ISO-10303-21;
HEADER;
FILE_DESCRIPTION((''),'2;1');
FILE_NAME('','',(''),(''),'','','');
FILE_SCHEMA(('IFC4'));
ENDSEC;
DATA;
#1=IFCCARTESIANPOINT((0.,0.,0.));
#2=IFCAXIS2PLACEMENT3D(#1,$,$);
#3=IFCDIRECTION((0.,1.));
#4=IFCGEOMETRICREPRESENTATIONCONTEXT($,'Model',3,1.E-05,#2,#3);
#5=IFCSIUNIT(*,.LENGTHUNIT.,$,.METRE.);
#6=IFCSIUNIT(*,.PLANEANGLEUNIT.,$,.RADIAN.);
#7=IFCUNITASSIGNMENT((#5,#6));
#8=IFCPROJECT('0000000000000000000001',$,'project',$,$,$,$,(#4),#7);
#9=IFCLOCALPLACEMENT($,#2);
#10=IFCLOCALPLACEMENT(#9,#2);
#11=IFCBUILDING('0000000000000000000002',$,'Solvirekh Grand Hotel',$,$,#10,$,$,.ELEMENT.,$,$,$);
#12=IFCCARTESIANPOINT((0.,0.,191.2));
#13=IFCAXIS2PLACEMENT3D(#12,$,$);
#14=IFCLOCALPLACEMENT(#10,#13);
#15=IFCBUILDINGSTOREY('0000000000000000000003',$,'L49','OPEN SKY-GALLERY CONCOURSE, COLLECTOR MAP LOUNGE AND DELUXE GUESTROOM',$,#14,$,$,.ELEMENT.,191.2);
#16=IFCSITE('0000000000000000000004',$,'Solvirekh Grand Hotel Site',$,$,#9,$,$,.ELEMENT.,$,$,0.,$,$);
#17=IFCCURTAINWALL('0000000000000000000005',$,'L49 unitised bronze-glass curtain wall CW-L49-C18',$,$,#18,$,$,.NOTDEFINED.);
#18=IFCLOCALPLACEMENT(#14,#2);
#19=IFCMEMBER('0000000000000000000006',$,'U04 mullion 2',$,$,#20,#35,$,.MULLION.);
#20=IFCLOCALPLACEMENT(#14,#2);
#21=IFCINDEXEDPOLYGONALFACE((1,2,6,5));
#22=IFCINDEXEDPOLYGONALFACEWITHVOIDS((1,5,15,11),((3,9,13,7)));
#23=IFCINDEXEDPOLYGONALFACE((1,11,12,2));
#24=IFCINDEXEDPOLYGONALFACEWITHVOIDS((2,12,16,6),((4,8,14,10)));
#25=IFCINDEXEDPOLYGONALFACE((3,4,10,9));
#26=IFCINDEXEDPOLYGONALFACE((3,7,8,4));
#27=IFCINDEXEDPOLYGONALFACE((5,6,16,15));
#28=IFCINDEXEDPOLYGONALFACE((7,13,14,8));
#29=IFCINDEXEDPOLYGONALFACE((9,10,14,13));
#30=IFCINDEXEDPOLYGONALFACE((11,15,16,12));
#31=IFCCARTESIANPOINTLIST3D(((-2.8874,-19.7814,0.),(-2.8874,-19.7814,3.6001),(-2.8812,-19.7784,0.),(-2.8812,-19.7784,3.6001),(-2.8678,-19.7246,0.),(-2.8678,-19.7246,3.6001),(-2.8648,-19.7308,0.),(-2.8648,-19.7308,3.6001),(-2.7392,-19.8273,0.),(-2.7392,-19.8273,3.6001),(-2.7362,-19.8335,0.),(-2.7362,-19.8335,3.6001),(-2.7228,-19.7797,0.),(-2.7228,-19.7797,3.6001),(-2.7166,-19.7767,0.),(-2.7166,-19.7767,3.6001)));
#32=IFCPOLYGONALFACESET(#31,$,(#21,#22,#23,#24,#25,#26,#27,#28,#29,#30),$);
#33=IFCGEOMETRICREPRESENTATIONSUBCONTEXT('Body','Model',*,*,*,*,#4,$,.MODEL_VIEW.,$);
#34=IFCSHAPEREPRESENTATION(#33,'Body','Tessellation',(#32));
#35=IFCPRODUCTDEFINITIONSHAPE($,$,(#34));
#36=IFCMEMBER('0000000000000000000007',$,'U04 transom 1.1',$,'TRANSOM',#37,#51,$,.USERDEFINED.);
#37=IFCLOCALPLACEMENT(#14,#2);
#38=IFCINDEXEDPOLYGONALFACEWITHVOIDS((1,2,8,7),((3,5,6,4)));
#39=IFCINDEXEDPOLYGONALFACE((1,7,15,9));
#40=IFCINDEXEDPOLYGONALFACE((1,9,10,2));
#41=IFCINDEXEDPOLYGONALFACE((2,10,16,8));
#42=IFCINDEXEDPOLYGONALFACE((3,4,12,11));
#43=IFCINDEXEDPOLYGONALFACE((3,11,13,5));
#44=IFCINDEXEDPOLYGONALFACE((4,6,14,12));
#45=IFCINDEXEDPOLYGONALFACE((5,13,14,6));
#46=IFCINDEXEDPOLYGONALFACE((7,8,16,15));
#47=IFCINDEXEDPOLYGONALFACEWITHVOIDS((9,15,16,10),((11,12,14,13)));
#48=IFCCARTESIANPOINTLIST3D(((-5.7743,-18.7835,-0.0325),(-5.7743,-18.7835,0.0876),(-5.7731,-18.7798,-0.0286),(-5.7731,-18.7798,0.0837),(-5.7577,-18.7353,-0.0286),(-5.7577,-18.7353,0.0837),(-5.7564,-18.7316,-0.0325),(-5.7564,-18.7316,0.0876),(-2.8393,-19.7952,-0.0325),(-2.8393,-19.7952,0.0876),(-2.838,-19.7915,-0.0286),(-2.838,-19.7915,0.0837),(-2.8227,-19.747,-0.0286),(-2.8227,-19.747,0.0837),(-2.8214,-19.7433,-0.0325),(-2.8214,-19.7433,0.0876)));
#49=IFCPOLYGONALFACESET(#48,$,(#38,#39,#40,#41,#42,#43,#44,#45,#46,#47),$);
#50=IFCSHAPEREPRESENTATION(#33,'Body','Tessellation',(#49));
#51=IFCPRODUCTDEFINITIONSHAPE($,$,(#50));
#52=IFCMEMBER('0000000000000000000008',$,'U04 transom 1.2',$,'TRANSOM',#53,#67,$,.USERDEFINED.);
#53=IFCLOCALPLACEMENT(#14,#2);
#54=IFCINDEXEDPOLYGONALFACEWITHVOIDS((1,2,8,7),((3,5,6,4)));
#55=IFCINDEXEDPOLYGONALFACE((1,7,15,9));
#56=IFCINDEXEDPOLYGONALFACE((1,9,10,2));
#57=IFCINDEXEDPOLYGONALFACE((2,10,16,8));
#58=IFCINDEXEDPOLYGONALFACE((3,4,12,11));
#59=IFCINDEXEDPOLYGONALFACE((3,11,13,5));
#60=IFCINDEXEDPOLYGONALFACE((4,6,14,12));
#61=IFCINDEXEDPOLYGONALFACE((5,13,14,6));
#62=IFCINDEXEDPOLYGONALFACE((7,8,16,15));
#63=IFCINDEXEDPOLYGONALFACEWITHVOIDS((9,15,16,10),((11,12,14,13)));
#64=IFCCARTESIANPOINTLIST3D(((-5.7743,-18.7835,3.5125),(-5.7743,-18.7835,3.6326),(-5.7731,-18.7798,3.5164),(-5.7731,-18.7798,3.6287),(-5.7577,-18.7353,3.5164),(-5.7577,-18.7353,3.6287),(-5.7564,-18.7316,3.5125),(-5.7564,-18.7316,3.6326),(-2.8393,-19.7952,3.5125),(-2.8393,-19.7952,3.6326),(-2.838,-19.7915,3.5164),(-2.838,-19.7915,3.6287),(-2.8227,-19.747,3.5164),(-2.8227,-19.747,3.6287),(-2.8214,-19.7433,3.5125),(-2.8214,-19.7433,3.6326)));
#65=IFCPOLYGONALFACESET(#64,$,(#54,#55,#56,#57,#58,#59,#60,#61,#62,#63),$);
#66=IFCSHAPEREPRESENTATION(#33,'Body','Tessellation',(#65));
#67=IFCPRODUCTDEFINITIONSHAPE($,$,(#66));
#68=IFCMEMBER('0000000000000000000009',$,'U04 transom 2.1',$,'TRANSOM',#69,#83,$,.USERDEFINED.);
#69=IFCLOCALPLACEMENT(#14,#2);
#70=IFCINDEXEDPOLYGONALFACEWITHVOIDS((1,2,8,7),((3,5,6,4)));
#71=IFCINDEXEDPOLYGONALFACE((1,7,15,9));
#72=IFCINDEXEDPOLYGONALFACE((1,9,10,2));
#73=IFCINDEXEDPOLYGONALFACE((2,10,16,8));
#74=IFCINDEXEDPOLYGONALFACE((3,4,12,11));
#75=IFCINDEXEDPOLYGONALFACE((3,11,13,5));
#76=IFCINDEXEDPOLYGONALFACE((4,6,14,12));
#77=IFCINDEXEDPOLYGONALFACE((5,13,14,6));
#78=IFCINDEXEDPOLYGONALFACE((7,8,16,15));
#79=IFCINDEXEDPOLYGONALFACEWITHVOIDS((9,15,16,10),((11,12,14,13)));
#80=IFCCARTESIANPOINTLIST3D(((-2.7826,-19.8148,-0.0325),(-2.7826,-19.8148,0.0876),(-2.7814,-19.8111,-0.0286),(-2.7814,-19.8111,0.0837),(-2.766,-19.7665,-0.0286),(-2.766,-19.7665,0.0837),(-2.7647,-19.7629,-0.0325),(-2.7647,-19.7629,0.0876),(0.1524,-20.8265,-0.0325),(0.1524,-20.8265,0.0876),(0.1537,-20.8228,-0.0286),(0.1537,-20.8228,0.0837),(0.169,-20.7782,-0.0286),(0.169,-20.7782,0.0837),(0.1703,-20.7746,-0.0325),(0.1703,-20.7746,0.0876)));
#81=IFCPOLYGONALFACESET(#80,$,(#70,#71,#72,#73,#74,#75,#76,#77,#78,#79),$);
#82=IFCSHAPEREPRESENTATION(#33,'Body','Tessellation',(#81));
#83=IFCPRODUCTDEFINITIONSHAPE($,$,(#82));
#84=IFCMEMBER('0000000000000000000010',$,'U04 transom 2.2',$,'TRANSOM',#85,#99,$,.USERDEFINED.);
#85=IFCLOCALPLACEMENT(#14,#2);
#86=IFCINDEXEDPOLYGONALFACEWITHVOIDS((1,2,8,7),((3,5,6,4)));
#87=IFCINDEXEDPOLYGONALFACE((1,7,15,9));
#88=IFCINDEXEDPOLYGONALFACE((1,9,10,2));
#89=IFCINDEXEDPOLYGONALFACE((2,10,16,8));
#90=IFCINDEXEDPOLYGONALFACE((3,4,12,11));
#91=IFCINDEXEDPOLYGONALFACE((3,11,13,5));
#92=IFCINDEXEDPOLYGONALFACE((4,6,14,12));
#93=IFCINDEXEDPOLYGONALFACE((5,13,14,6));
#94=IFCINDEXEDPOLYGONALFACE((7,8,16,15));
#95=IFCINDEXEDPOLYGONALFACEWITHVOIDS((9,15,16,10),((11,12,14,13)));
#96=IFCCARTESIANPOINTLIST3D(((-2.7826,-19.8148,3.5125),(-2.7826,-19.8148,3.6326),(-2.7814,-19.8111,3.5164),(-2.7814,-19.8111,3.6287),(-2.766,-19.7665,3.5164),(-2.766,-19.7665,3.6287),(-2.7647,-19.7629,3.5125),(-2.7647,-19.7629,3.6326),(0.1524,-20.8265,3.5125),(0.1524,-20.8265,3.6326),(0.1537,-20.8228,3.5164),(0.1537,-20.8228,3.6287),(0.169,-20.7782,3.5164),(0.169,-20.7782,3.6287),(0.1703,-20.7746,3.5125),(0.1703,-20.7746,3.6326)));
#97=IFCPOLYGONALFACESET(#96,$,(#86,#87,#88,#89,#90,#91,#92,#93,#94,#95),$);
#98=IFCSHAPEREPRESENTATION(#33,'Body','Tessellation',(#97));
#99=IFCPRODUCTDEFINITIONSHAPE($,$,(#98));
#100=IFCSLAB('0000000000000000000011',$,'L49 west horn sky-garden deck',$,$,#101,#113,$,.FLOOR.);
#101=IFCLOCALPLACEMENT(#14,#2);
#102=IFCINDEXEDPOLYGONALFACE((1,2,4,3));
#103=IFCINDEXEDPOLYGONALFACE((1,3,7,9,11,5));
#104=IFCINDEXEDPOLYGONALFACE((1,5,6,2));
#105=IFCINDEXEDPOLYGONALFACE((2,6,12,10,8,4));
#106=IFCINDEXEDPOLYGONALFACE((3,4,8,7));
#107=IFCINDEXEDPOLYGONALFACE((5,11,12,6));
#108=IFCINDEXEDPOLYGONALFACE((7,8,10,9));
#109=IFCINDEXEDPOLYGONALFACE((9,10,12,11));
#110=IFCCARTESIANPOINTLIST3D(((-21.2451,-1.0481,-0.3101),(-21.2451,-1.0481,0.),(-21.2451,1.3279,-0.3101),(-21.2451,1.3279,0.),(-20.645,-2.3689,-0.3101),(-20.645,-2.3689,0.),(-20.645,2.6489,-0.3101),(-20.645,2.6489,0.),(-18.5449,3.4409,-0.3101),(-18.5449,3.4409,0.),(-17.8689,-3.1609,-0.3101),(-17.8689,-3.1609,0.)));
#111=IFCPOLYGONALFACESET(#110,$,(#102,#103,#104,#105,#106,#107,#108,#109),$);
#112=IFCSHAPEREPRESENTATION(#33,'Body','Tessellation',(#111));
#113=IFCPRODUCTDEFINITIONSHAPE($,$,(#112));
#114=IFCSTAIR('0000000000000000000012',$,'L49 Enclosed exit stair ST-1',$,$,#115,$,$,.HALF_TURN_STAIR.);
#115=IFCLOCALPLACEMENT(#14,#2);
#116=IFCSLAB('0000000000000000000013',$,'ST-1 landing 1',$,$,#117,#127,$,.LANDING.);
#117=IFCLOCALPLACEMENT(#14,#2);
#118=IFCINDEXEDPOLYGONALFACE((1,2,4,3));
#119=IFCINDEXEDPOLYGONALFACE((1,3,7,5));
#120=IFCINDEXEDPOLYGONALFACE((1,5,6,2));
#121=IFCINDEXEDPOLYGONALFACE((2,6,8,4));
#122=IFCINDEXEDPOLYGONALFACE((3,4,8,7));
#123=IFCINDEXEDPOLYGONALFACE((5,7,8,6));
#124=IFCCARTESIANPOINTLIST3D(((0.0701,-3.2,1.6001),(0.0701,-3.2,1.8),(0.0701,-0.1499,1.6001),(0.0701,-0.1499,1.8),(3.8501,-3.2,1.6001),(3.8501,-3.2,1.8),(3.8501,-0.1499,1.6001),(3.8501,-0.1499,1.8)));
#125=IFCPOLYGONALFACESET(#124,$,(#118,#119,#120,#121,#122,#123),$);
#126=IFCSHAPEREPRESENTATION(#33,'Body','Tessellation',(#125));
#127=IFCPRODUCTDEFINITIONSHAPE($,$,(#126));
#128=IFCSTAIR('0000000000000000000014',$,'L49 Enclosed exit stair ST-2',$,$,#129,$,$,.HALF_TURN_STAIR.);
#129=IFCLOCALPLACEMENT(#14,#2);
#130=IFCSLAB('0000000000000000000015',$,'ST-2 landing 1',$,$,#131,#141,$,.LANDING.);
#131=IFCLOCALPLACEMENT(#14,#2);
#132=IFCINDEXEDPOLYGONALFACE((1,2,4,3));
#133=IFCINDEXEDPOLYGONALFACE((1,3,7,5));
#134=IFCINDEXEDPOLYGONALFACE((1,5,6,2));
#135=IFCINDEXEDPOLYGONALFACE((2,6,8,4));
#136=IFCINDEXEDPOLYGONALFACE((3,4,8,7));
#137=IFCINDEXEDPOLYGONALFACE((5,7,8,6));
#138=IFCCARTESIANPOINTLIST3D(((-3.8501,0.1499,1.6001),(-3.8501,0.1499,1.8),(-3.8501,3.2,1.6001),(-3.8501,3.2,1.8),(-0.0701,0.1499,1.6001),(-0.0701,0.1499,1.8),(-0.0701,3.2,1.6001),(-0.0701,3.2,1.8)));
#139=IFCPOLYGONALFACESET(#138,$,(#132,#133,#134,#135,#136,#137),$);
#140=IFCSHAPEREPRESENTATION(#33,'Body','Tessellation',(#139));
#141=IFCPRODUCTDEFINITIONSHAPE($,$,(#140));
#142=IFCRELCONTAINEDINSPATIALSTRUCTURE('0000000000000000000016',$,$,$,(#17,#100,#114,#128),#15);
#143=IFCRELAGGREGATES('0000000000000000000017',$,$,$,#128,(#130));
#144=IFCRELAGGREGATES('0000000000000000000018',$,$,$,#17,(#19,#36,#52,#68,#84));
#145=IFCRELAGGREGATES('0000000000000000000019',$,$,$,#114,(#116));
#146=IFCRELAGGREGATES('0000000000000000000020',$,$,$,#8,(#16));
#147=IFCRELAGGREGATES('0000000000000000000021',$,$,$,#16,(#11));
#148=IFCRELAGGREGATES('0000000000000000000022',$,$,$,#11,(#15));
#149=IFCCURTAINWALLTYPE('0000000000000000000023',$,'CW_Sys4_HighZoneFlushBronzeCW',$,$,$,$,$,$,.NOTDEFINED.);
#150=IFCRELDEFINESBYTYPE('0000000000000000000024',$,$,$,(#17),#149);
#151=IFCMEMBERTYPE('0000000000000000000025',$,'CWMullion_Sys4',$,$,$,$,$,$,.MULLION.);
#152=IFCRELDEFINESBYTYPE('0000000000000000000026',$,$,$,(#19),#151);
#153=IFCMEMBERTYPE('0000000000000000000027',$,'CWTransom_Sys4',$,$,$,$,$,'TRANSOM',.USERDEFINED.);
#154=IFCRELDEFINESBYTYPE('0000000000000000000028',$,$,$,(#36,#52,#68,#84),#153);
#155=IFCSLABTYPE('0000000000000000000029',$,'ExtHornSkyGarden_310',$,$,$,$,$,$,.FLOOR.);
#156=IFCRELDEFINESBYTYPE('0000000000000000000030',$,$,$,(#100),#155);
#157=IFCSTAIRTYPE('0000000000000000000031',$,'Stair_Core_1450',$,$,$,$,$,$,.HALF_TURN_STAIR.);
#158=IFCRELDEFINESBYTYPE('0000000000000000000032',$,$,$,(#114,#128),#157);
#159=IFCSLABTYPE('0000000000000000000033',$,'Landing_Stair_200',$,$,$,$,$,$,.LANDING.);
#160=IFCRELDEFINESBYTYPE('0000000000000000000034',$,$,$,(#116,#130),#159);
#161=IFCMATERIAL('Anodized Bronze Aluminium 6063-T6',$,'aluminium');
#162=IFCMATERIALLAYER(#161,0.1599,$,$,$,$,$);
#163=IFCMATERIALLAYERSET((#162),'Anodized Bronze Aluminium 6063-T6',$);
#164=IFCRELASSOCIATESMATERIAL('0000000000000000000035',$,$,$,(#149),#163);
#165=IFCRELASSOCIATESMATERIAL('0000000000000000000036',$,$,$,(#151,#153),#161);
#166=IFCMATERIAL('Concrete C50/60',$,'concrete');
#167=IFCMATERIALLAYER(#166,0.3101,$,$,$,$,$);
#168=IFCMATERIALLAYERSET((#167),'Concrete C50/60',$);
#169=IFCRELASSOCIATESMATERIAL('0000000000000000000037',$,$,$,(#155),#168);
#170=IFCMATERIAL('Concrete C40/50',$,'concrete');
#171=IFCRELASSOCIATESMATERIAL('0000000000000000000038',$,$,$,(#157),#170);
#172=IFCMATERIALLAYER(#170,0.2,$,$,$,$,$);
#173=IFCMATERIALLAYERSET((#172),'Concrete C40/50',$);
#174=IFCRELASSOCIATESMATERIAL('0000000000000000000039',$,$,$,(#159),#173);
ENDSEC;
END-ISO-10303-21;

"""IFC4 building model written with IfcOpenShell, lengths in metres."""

from ifc_helpers import new_model, si_unit, direction, frame, origin, origin_2d, place, context, subcontext, project, spatial, polyline, hollow_rectangle, outline, extrude, source, transform, mapped, material, layer, layer_set, material_profile, profile_set, type_object, element, aggregate, save


model = new_model("IFC4")

# Units and contexts
model_context = context("Model", 3, precision=1e-05, world=origin(), true_north=direction((0.0, 1.0)))
body_context = subcontext(model_context, "Body", "Model", "MODEL_VIEW")
ifc_project = project(units=[si_unit("LENGTHUNIT", "METRE"), si_unit("PLANEANGLEUNIT", "RADIAN")], contexts=[model_context])

# Site, building, storey
site_placement = place(None, origin())
site = spatial("IfcSite", under=ifc_project, at=site_placement, Name="Solvirekh Grand Hotel Site", CompositionType="ELEMENT", RefElevation=0.0)
building_placement = place(site_placement, origin())
building = spatial("IfcBuilding", under=site, at=building_placement, Name="Solvirekh Grand Hotel", CompositionType="ELEMENT")
storey_placement = place(building_placement, frame((0.0, 0.0, 191.2)))
storey = spatial("IfcBuildingStorey", under=building, at=storey_placement, Name="L49", Description="OPEN SKY-GALLERY CONCOURSE, COLLECTOR MAP LOUNGE AND DELUXE GUESTROOM", CompositionType="ELEMENT", Elevation=191.2)

# Shared definitions
ifc_material_1 = material(Name="Concrete C50/60", Category="concrete")

# Curtain wall, members
ifc_material_2 = material(Name="Anodized Bronze Aluminium 6063-T6", Category="aluminium")
ifc_layer_1 = layer(ifc_material_2, 0.1599)
ifc_layer_set_1 = layer_set([ifc_layer_1], Name="Anodized Bronze Aluminium 6063-T6")
curtain_wall_type = type_object("IfcCurtainWallType", Name="CW_Sys4_HighZoneFlushBronzeCW", PredefinedType="NOTDEFINED", material=ifc_layer_set_1)
curtain_wall_placement = place(storey_placement, origin())
curtain_wall = element("IfcCurtainWall", 1, at=curtain_wall_placement, inside=storey, type_object=curtain_wall_type, Name="L49 unitised bronze-glass curtain wall CW-L49-C18", PredefinedType="NOTDEFINED")
ifc_material_profile_1 = material_profile(ifc_material_2, hollow_rectangle(XDim=0.0601, YDim=0.1599, WallThickness=0.0049, at=origin_2d()), Name="ALU RHS 160X60X5")
ifc_profile_set_1 = profile_set([ifc_material_profile_1], Name="Anodized Bronze Aluminium 6063-T6")
member_type_1 = type_object("IfcMemberType", Name="CWMullion_Sys4", PredefinedType="MULLION", material=ifc_profile_set_1)
shared_shape_1 = source(origin(), body_context, "Body", "SweptSolid", [
    extrude(hollow_rectangle(XDim=0.0601, YDim=0.1599, WallThickness=0.0049, at=origin_2d()), origin(), (0.0, 0.0, 1.0), 3.6001),
])
member_1_placement = place(storey_placement, frame((-2.802, -19.7791, 0.0), z_axis=(0.0, 0.0, 1.0), x_axis=(0.325885, 0.94541, 0.0)))
member_1 = element("IfcMember", 2, at=member_1_placement, type_object=member_type_1, Name="U04 mullion 2", PredefinedType="MULLION", context=body_context, shape_type="MappedRepresentation", body=[
    mapped(shared_shape_1, transform((0.0, 0.0, 0.0), x_axis=(1.0, 0.0, 0.0), y_axis=(0.0, 1.0, 0.0), z_axis=(0.0, 0.0, 1.0), scale=1.0)),
])
ifc_material_profile_2 = material_profile(ifc_material_2, hollow_rectangle(XDim=0.0549, YDim=0.1201, WallThickness=0.0039, at=origin_2d()), Name="ALU RHS 120X55X4")
ifc_profile_set_2 = profile_set([ifc_material_profile_2], Name="Anodized Bronze Aluminium 6063-T6")
member_type_2 = type_object("IfcMemberType", Name="CWTransom_Sys4", ElementType="TRANSOM", PredefinedType="USERDEFINED", material=ifc_profile_set_2)
shared_shape_2 = source(origin(), body_context, "Body", "SweptSolid", [
    extrude(hollow_rectangle(XDim=0.0549, YDim=0.1201, WallThickness=0.0039, at=origin_2d()), origin(), (0.0, 0.0, 1.0), 3.1045),
])
member_2_placement = place(storey_placement, frame((-5.7654, -18.7576, 0.0276), z_axis=(0.94541, -0.325884, 0.0), x_axis=(0.325884, 0.94541, 0.0)))
member_2 = element("IfcMember", 3, at=member_2_placement, type_object=member_type_2, Name="U04 transom 1.1", ObjectType="TRANSOM", PredefinedType="USERDEFINED", context=body_context, shape_type="MappedRepresentation", body=[
    mapped(shared_shape_2, transform((0.0, 0.0, 0.0), x_axis=(1.0, 0.0, 0.0), y_axis=(0.0, 1.0, 0.0), z_axis=(0.0, 0.0, 1.0), scale=1.0)),
])
member_3_placement = place(storey_placement, frame((-5.7654, -18.7576, 3.5725), z_axis=(0.94541, -0.325884, 0.0), x_axis=(0.325884, 0.94541, 0.0)))
member_3 = element("IfcMember", 4, at=member_3_placement, type_object=member_type_2, Name="U04 transom 1.2", ObjectType="TRANSOM", PredefinedType="USERDEFINED", context=body_context, shape_type="MappedRepresentation", body=[
    mapped(shared_shape_2, transform((0.0, 0.0, 0.0), x_axis=(1.0, 0.0, 0.0), y_axis=(0.0, 1.0, 0.0), z_axis=(0.0, 0.0, 1.0), scale=1.0)),
])
member_4_placement = place(storey_placement, frame((-2.7737, -19.7888, 0.0276), z_axis=(0.94541, -0.325884, 0.0), x_axis=(0.325884, 0.94541, 0.0)))
member_4 = element("IfcMember", 5, at=member_4_placement, type_object=member_type_2, Name="U04 transom 2.1", ObjectType="TRANSOM", PredefinedType="USERDEFINED", context=body_context, shape_type="MappedRepresentation", body=[
    mapped(shared_shape_2, transform((0.0, 0.0, 0.0), x_axis=(1.0, 0.0, 0.0), y_axis=(0.0, 1.0, 0.0), z_axis=(0.0, 0.0, 1.0), scale=1.0)),
])
member_5_placement = place(storey_placement, frame((-2.7737, -19.7888, 3.5725), z_axis=(0.94541, -0.325884, 0.0), x_axis=(0.325884, 0.94541, 0.0)))
member_5 = element("IfcMember", 6, at=member_5_placement, type_object=member_type_2, Name="U04 transom 2.2", ObjectType="TRANSOM", PredefinedType="USERDEFINED", context=body_context, shape_type="MappedRepresentation", body=[
    mapped(shared_shape_2, transform((0.0, 0.0, 0.0), x_axis=(1.0, 0.0, 0.0), y_axis=(0.0, 1.0, 0.0), z_axis=(0.0, 0.0, 1.0), scale=1.0)),
])

# Slab
ifc_layer_2 = layer(ifc_material_1, 0.3101)
ifc_layer_set_2 = layer_set([ifc_layer_2], Name="Concrete C50/60")
slab_type_1 = type_object("IfcSlabType", Name="ExtHornSkyGarden_310", PredefinedType="FLOOR", material=ifc_layer_set_2)
slab_1_placement = place(storey_placement, frame((0.0, 0.0, -0.3101)))
element("IfcSlab", 7, at=slab_1_placement, inside=storey, type_object=slab_type_1, Name="L49 west horn sky-garden deck", PredefinedType="FLOOR", context=body_context, shape_type="SweptSolid", body=[
    extrude(outline(polyline([(-20.645, 2.6489), (-21.2451, 1.3279), (-21.2451, -1.0481), (-20.645, -2.3689), (-17.8689, -3.1609), (-18.5449, 3.4409), (-20.645, 2.6489)])), origin(), (0.0, 0.0, 1.0), 0.3101),
])

# Stairs, slabs
ifc_material_3 = material(Name="Concrete C40/50", Category="concrete")
stair_type = type_object("IfcStairType", Name="Stair_Core_1450", PredefinedType="HALF_TURN_STAIR", material=ifc_material_3)
stair_1_placement = place(storey_placement, origin())
stair_1 = element("IfcStair", 8, at=stair_1_placement, inside=storey, type_object=stair_type, Name="L49 Enclosed exit stair ST-1", PredefinedType="HALF_TURN_STAIR")
ifc_layer_3 = layer(ifc_material_3, 0.2)
ifc_layer_set_3 = layer_set([ifc_layer_3], Name="Concrete C40/50")
slab_type_2 = type_object("IfcSlabType", Name="Landing_Stair_200", PredefinedType="LANDING", material=ifc_layer_set_3)
slab_2_placement = place(storey_placement, frame((0.0, 0.0, 1.6001)))
slab_2 = element("IfcSlab", 9, at=slab_2_placement, type_object=slab_type_2, Name="ST-1 landing 1", PredefinedType="LANDING", context=body_context, shape_type="SweptSolid", body=[
    extrude(outline(polyline([(0.0701, -3.2), (3.8501, -3.2), (3.8501, -0.1499), (0.0701, -0.1499), (0.0701, -3.2)])), origin(), (0.0, 0.0, 1.0), 0.2),
])
stair_2_placement = place(storey_placement, origin())
stair_2 = element("IfcStair", 10, at=stair_2_placement, inside=storey, type_object=stair_type, Name="L49 Enclosed exit stair ST-2", PredefinedType="HALF_TURN_STAIR")
slab_3_placement = place(storey_placement, frame((0.0, 0.0, 1.6001)))
slab_3 = element("IfcSlab", 11, at=slab_3_placement, type_object=slab_type_2, Name="ST-2 landing 1", PredefinedType="LANDING", context=body_context, shape_type="SweptSolid", body=[
    extrude(outline(polyline([(-0.0701, 3.2), (-3.8501, 3.2), (-3.8501, 0.1499), (-0.0701, 0.1499), (-0.0701, 3.2)])), origin(), (0.0, 0.0, 1.0), 0.2),
])
aggregate(stair_2, [slab_3])

aggregate(curtain_wall, [member_1, member_2, member_3, member_4, member_5])

aggregate(stair_1, [slab_2])

save(model, "model.ifc")
